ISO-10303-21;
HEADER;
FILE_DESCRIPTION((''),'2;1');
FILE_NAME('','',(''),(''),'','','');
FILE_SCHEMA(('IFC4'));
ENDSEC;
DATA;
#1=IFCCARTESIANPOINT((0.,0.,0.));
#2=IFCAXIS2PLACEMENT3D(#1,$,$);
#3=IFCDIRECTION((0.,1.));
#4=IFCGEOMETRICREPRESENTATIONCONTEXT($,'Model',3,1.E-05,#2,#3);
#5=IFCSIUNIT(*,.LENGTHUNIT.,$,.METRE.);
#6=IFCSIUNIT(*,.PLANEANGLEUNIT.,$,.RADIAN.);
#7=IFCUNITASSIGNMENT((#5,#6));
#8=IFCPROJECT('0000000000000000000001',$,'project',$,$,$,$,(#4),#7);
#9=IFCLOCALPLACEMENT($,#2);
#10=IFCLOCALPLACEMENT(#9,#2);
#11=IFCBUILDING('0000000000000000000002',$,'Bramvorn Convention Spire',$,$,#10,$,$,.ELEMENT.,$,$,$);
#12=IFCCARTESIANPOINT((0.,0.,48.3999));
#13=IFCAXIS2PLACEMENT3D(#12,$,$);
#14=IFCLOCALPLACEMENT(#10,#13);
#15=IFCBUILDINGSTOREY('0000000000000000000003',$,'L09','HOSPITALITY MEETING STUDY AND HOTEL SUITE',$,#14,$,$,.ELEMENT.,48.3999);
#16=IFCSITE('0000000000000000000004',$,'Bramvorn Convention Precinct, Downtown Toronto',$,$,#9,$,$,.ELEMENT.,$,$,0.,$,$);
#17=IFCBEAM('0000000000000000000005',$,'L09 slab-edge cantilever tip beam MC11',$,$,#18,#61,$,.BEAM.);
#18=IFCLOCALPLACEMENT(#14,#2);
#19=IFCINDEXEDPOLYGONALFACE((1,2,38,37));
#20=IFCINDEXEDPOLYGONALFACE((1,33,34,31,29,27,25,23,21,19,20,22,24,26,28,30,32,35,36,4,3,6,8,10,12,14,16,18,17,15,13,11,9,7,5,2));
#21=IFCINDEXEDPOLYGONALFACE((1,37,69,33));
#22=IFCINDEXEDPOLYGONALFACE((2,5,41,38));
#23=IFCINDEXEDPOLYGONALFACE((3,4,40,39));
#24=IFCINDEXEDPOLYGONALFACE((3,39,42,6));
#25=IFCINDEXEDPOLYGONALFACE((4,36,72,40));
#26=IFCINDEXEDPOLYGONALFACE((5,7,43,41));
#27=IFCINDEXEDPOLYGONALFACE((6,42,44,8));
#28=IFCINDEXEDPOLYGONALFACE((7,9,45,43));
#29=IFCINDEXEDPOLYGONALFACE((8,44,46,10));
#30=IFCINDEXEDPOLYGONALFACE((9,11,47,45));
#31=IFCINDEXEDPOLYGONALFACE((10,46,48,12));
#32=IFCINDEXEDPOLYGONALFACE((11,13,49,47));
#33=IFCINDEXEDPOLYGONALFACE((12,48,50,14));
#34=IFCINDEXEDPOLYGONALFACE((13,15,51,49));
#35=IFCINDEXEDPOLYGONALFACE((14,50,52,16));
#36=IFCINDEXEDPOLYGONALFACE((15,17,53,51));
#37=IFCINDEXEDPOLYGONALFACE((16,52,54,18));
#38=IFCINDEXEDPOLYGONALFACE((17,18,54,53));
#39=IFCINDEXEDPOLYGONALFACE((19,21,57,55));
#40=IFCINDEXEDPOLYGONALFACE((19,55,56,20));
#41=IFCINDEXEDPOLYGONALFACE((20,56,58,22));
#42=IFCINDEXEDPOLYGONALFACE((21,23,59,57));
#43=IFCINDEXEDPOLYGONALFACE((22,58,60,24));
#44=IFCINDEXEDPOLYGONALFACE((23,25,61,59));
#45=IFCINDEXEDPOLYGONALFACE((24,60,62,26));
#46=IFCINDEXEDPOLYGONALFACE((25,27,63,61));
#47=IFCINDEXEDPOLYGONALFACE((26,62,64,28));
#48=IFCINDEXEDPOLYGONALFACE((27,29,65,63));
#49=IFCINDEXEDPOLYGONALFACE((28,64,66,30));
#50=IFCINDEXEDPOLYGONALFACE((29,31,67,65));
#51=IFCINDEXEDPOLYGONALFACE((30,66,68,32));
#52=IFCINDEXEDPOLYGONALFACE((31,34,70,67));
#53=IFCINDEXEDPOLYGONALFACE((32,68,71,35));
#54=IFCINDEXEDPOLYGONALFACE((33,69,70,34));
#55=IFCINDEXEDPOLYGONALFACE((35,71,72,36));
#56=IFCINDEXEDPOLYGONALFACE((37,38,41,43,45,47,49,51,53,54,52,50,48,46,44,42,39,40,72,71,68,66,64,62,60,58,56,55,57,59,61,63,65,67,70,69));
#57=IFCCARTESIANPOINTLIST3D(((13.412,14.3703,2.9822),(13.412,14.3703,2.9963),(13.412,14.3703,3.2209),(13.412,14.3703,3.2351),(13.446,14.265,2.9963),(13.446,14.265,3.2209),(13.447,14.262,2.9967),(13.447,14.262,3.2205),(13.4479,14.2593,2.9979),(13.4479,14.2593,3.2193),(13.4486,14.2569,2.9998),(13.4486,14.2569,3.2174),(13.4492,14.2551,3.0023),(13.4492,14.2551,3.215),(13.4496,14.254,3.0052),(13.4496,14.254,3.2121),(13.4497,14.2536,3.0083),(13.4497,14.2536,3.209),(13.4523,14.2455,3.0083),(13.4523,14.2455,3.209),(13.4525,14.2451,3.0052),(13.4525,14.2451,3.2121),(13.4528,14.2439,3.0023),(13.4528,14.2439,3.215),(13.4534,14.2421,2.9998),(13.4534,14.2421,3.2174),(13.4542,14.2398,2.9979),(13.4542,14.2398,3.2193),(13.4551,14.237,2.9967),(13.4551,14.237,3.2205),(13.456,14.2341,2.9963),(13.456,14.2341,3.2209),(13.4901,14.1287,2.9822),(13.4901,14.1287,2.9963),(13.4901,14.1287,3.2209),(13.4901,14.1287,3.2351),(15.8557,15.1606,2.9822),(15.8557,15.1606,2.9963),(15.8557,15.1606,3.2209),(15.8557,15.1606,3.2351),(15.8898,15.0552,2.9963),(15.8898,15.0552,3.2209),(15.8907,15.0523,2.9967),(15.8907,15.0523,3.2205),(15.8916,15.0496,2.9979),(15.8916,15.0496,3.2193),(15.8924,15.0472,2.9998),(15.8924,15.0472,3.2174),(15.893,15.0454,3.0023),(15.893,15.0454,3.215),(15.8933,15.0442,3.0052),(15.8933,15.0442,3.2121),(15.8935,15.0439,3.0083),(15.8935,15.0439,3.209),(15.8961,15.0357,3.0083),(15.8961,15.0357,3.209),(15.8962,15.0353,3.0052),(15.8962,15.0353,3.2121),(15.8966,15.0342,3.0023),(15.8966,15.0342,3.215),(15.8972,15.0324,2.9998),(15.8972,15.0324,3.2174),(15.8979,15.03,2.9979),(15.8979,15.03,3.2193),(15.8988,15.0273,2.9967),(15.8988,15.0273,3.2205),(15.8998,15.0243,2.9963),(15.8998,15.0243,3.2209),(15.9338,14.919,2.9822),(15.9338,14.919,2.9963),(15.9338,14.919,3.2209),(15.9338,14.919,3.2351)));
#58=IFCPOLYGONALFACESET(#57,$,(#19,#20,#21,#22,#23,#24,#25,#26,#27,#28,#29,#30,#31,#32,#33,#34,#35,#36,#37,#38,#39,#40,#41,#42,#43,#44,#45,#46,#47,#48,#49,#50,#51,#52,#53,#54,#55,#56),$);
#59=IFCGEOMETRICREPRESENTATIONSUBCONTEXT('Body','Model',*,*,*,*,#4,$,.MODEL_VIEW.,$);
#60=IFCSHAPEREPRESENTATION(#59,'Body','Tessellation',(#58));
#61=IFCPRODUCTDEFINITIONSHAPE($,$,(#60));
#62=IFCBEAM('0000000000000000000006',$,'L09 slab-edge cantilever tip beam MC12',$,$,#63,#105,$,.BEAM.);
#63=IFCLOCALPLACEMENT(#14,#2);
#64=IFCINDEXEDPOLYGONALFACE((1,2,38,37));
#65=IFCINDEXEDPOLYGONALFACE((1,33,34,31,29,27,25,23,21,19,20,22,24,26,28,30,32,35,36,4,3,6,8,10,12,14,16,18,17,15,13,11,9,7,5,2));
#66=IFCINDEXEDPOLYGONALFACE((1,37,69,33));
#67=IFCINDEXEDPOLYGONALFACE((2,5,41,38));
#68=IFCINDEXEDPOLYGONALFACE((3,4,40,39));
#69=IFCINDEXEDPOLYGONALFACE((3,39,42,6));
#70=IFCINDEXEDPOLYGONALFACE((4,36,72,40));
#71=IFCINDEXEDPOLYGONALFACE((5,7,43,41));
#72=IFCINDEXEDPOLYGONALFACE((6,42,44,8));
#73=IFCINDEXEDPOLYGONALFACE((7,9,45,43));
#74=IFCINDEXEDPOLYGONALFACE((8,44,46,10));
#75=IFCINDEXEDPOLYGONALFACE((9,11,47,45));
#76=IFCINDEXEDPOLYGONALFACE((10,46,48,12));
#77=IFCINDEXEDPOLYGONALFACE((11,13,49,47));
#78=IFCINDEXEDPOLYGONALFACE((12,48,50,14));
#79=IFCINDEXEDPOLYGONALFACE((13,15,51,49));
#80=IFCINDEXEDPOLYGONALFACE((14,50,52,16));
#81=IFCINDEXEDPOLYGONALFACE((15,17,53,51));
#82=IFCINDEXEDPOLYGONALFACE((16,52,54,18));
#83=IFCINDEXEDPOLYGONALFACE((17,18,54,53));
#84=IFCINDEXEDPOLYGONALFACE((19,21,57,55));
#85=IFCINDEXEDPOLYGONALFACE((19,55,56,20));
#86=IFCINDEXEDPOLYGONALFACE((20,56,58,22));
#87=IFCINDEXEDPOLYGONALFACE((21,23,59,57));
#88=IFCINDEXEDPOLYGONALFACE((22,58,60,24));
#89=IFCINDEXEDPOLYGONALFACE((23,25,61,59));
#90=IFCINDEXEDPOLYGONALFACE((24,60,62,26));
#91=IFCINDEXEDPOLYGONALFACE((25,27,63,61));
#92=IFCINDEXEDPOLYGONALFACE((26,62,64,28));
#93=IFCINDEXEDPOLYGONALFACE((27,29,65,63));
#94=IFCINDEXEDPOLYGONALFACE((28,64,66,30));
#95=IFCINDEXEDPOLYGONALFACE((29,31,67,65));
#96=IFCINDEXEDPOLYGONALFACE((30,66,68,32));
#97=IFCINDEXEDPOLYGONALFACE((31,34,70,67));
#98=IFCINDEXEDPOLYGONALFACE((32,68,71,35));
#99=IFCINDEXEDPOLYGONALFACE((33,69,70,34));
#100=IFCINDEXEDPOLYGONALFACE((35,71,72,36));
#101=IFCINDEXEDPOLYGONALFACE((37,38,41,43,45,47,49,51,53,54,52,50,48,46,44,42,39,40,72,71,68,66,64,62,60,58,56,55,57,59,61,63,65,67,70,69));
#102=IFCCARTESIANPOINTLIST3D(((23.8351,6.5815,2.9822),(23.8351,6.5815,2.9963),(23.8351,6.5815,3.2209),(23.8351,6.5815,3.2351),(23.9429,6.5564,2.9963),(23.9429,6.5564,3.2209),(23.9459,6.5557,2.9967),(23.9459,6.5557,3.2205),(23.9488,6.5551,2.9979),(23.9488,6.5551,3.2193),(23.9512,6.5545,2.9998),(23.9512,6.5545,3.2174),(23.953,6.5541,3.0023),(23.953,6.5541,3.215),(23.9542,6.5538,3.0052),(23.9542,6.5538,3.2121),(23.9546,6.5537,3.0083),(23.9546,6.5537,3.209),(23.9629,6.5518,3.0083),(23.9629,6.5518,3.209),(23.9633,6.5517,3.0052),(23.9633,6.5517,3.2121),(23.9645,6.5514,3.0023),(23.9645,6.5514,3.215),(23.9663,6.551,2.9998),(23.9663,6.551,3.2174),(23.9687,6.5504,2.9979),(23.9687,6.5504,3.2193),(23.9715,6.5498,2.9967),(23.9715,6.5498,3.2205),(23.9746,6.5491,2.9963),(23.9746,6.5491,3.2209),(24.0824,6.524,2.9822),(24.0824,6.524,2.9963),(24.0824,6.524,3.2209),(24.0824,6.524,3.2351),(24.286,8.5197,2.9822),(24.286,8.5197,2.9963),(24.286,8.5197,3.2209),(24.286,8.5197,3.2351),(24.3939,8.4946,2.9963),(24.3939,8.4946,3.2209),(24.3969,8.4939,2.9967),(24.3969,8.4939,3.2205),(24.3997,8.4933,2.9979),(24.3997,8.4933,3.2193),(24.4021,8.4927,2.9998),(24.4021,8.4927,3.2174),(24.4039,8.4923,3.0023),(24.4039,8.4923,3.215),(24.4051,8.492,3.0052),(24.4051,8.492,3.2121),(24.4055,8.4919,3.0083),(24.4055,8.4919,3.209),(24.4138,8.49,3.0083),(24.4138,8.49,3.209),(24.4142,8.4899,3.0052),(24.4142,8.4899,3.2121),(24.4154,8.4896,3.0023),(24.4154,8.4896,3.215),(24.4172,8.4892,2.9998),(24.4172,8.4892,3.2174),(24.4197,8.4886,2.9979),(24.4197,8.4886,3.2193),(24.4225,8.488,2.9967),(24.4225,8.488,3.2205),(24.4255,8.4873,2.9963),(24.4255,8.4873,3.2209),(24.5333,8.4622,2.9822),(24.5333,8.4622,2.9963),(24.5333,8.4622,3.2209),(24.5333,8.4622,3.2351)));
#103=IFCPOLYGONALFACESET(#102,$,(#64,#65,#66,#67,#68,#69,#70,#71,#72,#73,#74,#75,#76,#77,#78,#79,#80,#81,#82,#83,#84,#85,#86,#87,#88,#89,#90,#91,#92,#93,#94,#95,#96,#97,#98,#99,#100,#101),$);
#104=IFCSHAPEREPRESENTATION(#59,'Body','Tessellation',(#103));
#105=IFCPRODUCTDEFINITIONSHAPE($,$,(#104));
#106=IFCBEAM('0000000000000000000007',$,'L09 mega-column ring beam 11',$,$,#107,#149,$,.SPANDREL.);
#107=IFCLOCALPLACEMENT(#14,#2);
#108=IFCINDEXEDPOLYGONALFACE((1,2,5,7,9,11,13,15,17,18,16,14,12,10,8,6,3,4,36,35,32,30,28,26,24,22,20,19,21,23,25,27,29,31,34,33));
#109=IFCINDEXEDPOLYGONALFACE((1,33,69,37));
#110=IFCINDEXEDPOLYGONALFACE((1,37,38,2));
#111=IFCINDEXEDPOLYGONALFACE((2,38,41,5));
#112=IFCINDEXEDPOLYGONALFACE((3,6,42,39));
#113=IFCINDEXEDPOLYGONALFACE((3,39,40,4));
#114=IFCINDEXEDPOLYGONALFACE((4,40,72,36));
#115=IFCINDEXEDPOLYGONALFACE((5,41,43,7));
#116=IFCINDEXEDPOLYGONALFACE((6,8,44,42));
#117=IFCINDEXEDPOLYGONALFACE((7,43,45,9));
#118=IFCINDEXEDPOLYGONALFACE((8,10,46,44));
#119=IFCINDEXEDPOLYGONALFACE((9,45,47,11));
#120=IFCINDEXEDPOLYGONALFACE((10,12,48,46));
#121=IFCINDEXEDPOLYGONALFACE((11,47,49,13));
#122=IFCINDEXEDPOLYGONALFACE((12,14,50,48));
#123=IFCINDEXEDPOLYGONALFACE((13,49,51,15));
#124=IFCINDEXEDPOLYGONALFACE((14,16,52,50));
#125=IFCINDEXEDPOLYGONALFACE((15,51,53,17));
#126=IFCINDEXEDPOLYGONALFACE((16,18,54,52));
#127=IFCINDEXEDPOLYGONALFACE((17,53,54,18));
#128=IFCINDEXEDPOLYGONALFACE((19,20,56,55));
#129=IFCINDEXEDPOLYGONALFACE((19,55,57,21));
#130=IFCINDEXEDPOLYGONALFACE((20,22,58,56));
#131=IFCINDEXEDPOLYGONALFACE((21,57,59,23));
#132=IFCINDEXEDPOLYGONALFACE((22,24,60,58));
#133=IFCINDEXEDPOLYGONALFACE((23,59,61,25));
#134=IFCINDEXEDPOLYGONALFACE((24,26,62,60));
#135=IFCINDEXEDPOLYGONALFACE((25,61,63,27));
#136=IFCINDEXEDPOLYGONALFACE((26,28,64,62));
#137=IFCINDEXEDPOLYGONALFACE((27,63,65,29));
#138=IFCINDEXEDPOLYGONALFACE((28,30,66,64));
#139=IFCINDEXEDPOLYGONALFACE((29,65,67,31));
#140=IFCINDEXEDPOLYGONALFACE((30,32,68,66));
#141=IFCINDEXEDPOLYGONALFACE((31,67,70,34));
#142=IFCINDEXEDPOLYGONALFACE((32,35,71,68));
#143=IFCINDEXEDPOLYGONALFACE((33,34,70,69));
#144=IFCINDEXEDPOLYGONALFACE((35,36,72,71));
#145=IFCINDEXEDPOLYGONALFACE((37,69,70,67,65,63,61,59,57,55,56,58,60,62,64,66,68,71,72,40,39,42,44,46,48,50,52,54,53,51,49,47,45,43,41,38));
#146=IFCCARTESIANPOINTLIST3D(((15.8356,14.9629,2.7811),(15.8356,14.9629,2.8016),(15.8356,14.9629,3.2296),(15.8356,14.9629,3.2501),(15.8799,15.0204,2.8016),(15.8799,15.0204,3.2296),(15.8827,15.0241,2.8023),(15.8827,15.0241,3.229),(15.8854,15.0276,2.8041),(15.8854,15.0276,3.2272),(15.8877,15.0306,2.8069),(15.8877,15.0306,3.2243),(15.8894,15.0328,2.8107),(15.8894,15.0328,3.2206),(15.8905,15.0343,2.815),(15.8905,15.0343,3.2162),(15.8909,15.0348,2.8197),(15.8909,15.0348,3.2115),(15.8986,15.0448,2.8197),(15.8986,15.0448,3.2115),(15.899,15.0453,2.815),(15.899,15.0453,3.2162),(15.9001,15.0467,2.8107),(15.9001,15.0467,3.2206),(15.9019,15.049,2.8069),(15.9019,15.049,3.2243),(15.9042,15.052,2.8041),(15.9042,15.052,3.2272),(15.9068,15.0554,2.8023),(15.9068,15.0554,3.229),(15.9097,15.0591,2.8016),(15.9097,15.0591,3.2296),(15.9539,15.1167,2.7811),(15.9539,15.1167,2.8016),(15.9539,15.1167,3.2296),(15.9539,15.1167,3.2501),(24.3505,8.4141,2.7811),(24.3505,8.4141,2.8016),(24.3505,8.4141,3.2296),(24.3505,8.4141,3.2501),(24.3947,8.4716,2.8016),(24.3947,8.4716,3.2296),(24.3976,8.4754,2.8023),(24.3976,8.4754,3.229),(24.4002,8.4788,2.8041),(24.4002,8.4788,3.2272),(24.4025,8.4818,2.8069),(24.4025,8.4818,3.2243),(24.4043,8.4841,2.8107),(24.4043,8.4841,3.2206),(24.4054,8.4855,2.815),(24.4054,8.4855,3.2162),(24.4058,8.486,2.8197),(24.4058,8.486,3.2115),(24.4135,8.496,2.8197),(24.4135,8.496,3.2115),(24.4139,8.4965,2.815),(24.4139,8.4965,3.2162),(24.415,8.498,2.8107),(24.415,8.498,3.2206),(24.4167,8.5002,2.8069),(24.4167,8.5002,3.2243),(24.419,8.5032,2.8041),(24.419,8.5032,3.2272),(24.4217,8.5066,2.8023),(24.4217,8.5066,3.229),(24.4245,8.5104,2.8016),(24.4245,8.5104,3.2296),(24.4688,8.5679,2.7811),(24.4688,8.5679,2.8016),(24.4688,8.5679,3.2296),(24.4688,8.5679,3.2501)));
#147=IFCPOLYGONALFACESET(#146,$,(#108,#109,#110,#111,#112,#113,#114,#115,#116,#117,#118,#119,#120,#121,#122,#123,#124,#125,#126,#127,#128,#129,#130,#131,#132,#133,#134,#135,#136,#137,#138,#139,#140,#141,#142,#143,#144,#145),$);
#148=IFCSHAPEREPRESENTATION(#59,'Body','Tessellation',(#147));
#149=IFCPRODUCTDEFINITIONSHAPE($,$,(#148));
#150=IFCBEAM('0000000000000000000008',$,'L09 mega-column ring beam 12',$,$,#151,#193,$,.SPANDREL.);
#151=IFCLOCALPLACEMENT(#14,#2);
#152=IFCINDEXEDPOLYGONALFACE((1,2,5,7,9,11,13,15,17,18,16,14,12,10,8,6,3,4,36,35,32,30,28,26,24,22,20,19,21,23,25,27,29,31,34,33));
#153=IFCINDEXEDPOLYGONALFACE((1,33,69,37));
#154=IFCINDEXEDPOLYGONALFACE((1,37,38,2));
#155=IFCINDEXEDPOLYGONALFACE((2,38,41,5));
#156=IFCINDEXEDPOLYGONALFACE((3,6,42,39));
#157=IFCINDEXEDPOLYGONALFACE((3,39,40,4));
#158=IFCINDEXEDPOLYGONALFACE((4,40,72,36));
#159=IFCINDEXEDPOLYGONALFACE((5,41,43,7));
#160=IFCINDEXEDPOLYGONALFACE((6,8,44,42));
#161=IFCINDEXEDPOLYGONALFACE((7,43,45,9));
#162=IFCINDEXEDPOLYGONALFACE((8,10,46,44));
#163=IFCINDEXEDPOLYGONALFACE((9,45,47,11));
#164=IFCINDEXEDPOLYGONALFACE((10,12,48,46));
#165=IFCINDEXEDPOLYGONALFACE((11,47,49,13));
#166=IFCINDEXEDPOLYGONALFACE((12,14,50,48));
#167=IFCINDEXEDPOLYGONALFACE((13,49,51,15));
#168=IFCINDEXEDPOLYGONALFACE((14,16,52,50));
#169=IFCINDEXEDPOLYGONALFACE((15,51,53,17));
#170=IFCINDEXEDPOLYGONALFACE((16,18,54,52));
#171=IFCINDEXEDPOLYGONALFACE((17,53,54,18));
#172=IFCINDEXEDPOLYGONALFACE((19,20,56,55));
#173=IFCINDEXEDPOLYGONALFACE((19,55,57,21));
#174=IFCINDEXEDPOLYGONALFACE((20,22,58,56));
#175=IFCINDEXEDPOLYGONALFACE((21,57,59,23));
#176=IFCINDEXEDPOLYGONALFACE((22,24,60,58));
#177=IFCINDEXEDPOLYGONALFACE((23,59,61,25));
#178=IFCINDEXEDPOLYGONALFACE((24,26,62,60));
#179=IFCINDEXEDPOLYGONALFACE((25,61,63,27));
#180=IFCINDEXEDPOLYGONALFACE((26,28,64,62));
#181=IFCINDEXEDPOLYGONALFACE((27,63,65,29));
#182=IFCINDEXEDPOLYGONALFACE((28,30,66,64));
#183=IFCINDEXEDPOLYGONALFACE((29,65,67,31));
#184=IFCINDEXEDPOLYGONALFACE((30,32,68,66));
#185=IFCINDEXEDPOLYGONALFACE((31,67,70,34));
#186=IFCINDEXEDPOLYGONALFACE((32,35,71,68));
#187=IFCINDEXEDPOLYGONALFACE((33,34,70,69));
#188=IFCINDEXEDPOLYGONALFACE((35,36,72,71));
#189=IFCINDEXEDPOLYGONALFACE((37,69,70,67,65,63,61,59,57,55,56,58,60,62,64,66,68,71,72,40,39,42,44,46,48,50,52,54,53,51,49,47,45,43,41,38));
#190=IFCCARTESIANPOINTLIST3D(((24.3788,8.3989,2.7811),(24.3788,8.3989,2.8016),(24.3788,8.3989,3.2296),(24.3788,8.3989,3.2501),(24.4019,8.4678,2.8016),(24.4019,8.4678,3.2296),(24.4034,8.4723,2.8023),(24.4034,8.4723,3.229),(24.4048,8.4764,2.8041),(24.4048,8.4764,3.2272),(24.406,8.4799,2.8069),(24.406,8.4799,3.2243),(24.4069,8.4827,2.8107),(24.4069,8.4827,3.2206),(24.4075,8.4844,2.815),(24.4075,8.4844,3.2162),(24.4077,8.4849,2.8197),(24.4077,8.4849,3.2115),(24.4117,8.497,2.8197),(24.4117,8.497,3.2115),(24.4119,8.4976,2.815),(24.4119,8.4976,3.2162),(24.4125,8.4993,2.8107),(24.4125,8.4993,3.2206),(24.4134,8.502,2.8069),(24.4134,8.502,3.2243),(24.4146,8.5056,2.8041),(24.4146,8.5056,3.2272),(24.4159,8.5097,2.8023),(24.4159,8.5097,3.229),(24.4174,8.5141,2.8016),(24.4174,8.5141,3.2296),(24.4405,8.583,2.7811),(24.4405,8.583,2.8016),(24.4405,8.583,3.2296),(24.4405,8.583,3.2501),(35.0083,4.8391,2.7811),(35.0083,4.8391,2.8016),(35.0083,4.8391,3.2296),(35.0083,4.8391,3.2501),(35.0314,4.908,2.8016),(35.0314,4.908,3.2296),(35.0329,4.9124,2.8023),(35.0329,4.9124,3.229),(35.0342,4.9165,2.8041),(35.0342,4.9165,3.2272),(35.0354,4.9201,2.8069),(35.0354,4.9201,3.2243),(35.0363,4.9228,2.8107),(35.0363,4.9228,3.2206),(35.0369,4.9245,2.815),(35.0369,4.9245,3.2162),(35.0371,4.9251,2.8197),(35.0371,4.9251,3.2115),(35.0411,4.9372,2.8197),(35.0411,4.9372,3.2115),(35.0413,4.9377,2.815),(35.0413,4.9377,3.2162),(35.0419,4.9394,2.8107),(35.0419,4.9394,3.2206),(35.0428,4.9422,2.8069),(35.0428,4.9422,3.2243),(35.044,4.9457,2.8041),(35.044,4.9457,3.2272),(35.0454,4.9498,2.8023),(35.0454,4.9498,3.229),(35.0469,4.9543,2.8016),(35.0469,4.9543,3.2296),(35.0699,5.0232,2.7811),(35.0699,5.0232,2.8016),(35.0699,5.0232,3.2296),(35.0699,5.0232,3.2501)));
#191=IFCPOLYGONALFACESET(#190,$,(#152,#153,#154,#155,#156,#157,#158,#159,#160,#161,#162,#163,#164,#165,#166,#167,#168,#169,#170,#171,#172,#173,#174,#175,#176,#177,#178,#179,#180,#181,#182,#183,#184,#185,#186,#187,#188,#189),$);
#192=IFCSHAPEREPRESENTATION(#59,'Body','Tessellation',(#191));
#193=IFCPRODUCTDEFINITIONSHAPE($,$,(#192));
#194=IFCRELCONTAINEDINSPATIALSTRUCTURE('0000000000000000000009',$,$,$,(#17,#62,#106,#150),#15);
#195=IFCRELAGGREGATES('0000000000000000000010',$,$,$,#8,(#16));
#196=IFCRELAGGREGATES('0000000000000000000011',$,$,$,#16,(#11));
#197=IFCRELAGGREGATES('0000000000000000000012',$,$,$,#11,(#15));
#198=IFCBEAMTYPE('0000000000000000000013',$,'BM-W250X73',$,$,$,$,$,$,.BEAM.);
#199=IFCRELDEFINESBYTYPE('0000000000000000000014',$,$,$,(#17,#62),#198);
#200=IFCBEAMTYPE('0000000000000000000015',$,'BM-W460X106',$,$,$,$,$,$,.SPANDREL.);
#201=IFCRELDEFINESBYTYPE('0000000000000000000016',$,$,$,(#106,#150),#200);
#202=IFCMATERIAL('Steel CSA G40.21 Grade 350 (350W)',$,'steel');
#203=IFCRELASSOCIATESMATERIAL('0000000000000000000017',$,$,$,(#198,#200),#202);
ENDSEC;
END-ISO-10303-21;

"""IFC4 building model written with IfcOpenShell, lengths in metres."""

from ifc_helpers import new_model, si_unit, direction, frame, origin, origin_2d, place, context, subcontext, project, spatial, i_section, extrude, material, material_profile, profile_set, type_object, element, save


model = new_model("IFC4")

# Units and contexts
model_context = context("Model", 3, precision=1e-05, world=origin(), true_north=direction((0.0, 1.0)))
body_context = subcontext(model_context, "Body", "Model", "MODEL_VIEW")
ifc_project = project(units=[si_unit("LENGTHUNIT", "METRE"), si_unit("PLANEANGLEUNIT", "RADIAN")], contexts=[model_context])

# Site, building, storey
site_placement = place(None, origin())
site = spatial("IfcSite", under=ifc_project, at=site_placement, Name="Bramvorn Convention Precinct, Downtown Toronto", CompositionType="ELEMENT", RefElevation=0.0)
building_placement = place(site_placement, origin())
building = spatial("IfcBuilding", under=site, at=building_placement, Name="Bramvorn Convention Spire", CompositionType="ELEMENT")
storey_placement = place(building_placement, frame((0.0, 0.0, 48.3999)))
storey = spatial("IfcBuildingStorey", under=building, at=storey_placement, Name="L09", Description="HOSPITALITY MEETING STUDY AND HOTEL SUITE", CompositionType="ELEMENT", Elevation=48.3999)

# Shared definitions
ifc_material_1 = material(Name="Steel CSA G40.21 Grade 350 (350W)", Category="steel")

# Beams
ifc_material_profile_1 = material_profile(ifc_material_1, i_section(OverallWidth=0.2539, OverallDepth=0.2529, WebThickness=0.0085, FlangeThickness=0.0142, FilletRadius=0.012, at=origin_2d()))
ifc_profile_set_1 = profile_set([ifc_material_profile_1], Name="Steel CSA G40.21 Grade 350 (350W) - W250X73")
beam_type_1 = type_object("IfcBeamType", Name="BM-W250X73", PredefinedType="BEAM", material=ifc_profile_set_1)
beam_1_placement = place(storey_placement, frame((15.8948, 15.0398, 3.1086), z_axis=(-0.951487, -0.307689, 0.0), x_axis=(0.307689, -0.951487, 0.0)))
element("IfcBeam", 1, at=beam_1_placement, inside=storey, type_object=beam_type_1, Name="L09 slab-edge cantilever tip beam MC11", PredefinedType="BEAM", context=body_context, shape_type="SweptSolid", body=[
    extrude(i_section(OverallWidth=0.2539, OverallDepth=0.2529, WebThickness=0.0085, FlangeThickness=0.0142, FilletRadius=0.012, at=origin_2d()), origin(), (0.0, 0.0, 1.0), 2.5684),
])
beam_2_placement = place(storey_placement, frame((24.4097, 8.491, 3.1086), z_axis=(-0.226597, -0.973989, 0.0), x_axis=(0.973989, -0.226597, 0.0)))
element("IfcBeam", 2, at=beam_2_placement, inside=storey, type_object=beam_type_1, Name="L09 slab-edge cantilever tip beam MC12", PredefinedType="BEAM", context=body_context, shape_type="SweptSolid", body=[
    extrude(i_section(OverallWidth=0.2539, OverallDepth=0.2529, WebThickness=0.0085, FlangeThickness=0.0142, FilletRadius=0.012, at=origin_2d()), origin(), (0.0, 0.0, 1.0), 1.99),
])
ifc_material_profile_2 = material_profile(ifc_material_1, i_section(OverallWidth=0.1941, OverallDepth=0.469, WebThickness=0.0127, FlangeThickness=0.0205, FilletRadius=0.0181, at=origin_2d()))
ifc_profile_set_2 = profile_set([ifc_material_profile_2], Name="Steel CSA G40.21 Grade 350 (350W) - W460X106")
beam_type_2 = type_object("IfcBeamType", Name="BM-W460X106", PredefinedType="SPANDREL", material=ifc_profile_set_2)
beam_3_placement = place(storey_placement, frame((15.8948, 15.0398, 3.0156), z_axis=(0.792673, -0.609647, 0.0), x_axis=(0.609647, 0.792673, 0.0)))
element("IfcBeam", 3, at=beam_3_placement, inside=storey, type_object=beam_type_2, Name="L09 mega-column ring beam 11", PredefinedType="SPANDREL", context=body_context, shape_type="SweptSolid", body=[
    extrude(i_section(OverallWidth=0.1941, OverallDepth=0.469, WebThickness=0.0127, FlangeThickness=0.0205, FilletRadius=0.0181, at=origin_2d()), origin(), (0.0, 0.0, 1.0), 10.7419),
])
beam_4_placement = place(storey_placement, frame((24.4097, 8.491, 3.0156), z_axis=(0.948236, -0.317567, 0.0), x_axis=(0.317567, 0.948236, 0.0)))
element("IfcBeam", 4, at=beam_4_placement, inside=storey, type_object=beam_type_2, Name="L09 mega-column ring beam 12", PredefinedType="SPANDREL", context=body_context, shape_type="SweptSolid", body=[
    extrude(i_section(OverallWidth=0.1941, OverallDepth=0.469, WebThickness=0.0127, FlangeThickness=0.0205, FilletRadius=0.0181, at=origin_2d()), origin(), (0.0, 0.0, 1.0), 11.2097),
])

save(model, "model.ifc")
